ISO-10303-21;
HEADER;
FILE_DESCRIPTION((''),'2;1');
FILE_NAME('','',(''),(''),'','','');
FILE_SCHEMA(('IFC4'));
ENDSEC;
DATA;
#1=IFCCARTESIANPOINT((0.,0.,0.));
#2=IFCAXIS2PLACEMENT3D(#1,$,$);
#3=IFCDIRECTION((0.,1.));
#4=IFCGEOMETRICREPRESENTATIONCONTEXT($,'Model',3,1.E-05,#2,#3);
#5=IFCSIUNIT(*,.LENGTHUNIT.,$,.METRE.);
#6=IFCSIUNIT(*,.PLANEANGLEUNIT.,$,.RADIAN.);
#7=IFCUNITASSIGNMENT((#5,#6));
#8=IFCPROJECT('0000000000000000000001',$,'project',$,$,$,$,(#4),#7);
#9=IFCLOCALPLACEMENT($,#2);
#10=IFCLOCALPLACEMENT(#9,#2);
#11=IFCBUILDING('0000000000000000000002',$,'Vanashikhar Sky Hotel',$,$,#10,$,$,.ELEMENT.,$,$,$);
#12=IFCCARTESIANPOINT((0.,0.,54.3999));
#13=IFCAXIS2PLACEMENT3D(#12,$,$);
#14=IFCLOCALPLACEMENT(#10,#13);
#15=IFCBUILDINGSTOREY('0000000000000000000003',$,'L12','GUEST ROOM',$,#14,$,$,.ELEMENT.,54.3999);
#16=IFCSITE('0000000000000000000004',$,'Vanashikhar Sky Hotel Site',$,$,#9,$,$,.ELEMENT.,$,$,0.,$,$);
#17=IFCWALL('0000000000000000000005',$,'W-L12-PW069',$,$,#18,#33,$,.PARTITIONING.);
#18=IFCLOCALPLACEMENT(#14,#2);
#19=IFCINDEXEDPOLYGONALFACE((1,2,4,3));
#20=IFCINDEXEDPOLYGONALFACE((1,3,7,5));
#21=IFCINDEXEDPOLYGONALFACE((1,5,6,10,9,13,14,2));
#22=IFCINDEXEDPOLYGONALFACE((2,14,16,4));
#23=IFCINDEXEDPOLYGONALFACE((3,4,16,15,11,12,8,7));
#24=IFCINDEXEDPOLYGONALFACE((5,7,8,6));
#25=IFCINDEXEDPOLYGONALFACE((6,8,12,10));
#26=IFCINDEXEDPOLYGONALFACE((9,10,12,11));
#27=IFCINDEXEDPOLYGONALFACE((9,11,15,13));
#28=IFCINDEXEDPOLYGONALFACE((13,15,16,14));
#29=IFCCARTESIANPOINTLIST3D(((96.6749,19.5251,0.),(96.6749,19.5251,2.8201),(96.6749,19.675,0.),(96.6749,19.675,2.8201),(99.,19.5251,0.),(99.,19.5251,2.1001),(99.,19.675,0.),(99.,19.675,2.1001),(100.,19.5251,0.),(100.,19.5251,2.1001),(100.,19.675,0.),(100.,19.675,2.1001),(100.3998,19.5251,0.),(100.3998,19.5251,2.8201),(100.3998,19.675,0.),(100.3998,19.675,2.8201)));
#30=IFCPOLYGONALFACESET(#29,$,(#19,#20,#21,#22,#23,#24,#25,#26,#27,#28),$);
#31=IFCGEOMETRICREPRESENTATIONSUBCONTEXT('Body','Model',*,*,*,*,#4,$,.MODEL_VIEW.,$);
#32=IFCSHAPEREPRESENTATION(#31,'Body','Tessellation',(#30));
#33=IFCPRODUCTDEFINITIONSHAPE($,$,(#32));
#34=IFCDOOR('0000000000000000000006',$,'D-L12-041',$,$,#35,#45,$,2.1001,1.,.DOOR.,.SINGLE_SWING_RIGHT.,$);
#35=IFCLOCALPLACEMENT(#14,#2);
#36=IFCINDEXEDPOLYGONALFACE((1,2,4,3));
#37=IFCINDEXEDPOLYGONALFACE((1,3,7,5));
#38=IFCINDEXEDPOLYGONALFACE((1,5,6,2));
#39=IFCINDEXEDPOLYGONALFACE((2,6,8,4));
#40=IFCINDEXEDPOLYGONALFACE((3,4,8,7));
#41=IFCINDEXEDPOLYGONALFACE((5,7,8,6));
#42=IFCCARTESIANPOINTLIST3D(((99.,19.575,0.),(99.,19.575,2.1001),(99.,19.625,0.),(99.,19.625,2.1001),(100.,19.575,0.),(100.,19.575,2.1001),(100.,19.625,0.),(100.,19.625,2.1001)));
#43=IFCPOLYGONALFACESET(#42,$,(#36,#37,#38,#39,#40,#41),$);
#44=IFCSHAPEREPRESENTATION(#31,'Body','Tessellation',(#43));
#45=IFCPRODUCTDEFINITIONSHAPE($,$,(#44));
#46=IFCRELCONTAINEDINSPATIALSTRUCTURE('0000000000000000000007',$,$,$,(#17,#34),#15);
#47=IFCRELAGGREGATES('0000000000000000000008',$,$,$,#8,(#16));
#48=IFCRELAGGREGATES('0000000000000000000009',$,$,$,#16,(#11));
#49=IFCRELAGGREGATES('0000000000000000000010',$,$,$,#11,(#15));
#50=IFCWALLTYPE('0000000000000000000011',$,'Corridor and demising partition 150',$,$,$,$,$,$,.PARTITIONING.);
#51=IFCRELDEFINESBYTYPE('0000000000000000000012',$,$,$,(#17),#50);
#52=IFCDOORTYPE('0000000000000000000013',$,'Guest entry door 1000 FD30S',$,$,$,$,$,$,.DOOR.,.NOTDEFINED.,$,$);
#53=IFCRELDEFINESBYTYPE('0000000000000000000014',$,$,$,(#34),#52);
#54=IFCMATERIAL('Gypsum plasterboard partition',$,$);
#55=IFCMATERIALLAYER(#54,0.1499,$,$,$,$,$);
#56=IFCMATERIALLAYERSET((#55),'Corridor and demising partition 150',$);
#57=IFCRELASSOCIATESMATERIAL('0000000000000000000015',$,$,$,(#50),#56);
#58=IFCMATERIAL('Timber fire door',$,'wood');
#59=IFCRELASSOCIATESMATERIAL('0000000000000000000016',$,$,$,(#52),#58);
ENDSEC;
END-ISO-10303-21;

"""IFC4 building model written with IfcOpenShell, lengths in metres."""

from ifc_helpers import new_model, si_unit, direction, frame, frame_2d, origin, place, context, subcontext, project, spatial, rectangle, extrude, source, transform, mapped, material, layer, layer_set, type_object, element, fill, save


model = new_model("IFC4")

# Units and contexts
model_context = context("Model", 3, precision=1e-05, world=origin(), true_north=direction((0.0, 1.0)))
body_context = subcontext(model_context, "Body", "Model", "MODEL_VIEW")
ifc_project = project(units=[si_unit("LENGTHUNIT", "METRE"), si_unit("PLANEANGLEUNIT", "RADIAN")], contexts=[model_context])

# Site, building, storey
site_placement = place(None, origin())
site = spatial("IfcSite", under=ifc_project, at=site_placement, Name="Vanashikhar Sky Hotel Site", CompositionType="ELEMENT", RefElevation=0.0)
building_placement = place(site_placement, origin())
building = spatial("IfcBuilding", under=site, at=building_placement, Name="Vanashikhar Sky Hotel", CompositionType="ELEMENT")
storey_placement = place(building_placement, frame((0.0, 0.0, 54.3999)))
storey = spatial("IfcBuildingStorey", under=building, at=storey_placement, Name="L12", Description="GUEST ROOM", CompositionType="ELEMENT", Elevation=54.3999)

# Shared definitions
ifc_material_1 = material(Name="Gypsum plasterboard partition")
ifc_layer_1 = layer(ifc_material_1, 0.1499)
ifc_layer_set_1 = layer_set([ifc_layer_1], Name="Corridor and demising partition 150")
wall_type_1 = type_object("IfcWallType", Name="Corridor and demising partition 150", PredefinedType="PARTITIONING", material=ifc_layer_set_1)
shared_shape_1 = source(origin(), body_context, "Body", "SweptSolid", [
    extrude(rectangle(XDim=1.0, YDim=2.1001, at=frame_2d((0.5, 1.05))), frame((0.0, 0.085, 0.0), z_axis=(0.0, -1.0, 0.0), x_axis=(1.0, 0.0, 0.0)), (0.0, 0.0, 1.0), 0.1699),
])
ifc_material_2 = material(Name="Timber fire door", Category="wood")
door_type_1 = type_object("IfcDoorType", Name="Guest entry door 1000 FD30S", OperationType="NOTDEFINED", PredefinedType="DOOR", material=ifc_material_2)
shared_shape_2 = source(origin(), body_context, "Body", "SweptSolid", [
    extrude(rectangle(XDim=1.0, YDim=2.1001, at=frame_2d((0.5, 1.05))), frame((0.0, 0.0249, 0.0), z_axis=(0.0, -1.0, 0.0), x_axis=(1.0, 0.0, 0.0)), (0.0, 0.0, 1.0), 0.05),
])

# Wall, opening, door
shared_shape_3 = source(origin(), body_context, "Body", "SweptSolid", [
    extrude(rectangle(XDim=3.7249, YDim=0.1499, at=frame_2d((1.8623, 0.0))), origin(), (0.0, 0.0, 1.0), 2.8201),
])
wall_1_placement = place(storey_placement, frame((96.675, 19.6001, 0.0), z_axis=(0.0, 0.0, 1.0), x_axis=(1.0, 0.0, 0.0)))
wall_1 = element("IfcWall", 1, at=wall_1_placement, inside=storey, type_object=wall_type_1, Name="W-L12-PW069", PredefinedType="PARTITIONING", context=body_context, shape_type="MappedRepresentation", body=[
    mapped(shared_shape_3, transform((0.0, 0.0, 0.0), scale=1.0)),
])
opening_1_placement = place(wall_1_placement, frame((2.325, 0.0, 0.0)))
opening_1 = element("IfcOpeningElement", 2, at=opening_1_placement, cuts=wall_1, PredefinedType="OPENING", context=body_context, shape_type="MappedRepresentation", body=[
    mapped(shared_shape_1, transform((0.0, 0.0, 0.0), scale=1.0)),
])
door_1_placement = place(opening_1_placement, origin())
door_1 = element("IfcDoor", 3, at=door_1_placement, inside=storey, type_object=door_type_1, Name="D-L12-041", OperationType="SINGLE_SWING_RIGHT", OverallHeight=2.1001, OverallWidth=1.0, PredefinedType="DOOR", context=body_context, shape_type="MappedRepresentation", body=[
    mapped(shared_shape_2, transform((0.0, 0.0, 0.0), scale=1.0)),
])
fill(opening_1, door_1)

save(model, "model.ifc")
